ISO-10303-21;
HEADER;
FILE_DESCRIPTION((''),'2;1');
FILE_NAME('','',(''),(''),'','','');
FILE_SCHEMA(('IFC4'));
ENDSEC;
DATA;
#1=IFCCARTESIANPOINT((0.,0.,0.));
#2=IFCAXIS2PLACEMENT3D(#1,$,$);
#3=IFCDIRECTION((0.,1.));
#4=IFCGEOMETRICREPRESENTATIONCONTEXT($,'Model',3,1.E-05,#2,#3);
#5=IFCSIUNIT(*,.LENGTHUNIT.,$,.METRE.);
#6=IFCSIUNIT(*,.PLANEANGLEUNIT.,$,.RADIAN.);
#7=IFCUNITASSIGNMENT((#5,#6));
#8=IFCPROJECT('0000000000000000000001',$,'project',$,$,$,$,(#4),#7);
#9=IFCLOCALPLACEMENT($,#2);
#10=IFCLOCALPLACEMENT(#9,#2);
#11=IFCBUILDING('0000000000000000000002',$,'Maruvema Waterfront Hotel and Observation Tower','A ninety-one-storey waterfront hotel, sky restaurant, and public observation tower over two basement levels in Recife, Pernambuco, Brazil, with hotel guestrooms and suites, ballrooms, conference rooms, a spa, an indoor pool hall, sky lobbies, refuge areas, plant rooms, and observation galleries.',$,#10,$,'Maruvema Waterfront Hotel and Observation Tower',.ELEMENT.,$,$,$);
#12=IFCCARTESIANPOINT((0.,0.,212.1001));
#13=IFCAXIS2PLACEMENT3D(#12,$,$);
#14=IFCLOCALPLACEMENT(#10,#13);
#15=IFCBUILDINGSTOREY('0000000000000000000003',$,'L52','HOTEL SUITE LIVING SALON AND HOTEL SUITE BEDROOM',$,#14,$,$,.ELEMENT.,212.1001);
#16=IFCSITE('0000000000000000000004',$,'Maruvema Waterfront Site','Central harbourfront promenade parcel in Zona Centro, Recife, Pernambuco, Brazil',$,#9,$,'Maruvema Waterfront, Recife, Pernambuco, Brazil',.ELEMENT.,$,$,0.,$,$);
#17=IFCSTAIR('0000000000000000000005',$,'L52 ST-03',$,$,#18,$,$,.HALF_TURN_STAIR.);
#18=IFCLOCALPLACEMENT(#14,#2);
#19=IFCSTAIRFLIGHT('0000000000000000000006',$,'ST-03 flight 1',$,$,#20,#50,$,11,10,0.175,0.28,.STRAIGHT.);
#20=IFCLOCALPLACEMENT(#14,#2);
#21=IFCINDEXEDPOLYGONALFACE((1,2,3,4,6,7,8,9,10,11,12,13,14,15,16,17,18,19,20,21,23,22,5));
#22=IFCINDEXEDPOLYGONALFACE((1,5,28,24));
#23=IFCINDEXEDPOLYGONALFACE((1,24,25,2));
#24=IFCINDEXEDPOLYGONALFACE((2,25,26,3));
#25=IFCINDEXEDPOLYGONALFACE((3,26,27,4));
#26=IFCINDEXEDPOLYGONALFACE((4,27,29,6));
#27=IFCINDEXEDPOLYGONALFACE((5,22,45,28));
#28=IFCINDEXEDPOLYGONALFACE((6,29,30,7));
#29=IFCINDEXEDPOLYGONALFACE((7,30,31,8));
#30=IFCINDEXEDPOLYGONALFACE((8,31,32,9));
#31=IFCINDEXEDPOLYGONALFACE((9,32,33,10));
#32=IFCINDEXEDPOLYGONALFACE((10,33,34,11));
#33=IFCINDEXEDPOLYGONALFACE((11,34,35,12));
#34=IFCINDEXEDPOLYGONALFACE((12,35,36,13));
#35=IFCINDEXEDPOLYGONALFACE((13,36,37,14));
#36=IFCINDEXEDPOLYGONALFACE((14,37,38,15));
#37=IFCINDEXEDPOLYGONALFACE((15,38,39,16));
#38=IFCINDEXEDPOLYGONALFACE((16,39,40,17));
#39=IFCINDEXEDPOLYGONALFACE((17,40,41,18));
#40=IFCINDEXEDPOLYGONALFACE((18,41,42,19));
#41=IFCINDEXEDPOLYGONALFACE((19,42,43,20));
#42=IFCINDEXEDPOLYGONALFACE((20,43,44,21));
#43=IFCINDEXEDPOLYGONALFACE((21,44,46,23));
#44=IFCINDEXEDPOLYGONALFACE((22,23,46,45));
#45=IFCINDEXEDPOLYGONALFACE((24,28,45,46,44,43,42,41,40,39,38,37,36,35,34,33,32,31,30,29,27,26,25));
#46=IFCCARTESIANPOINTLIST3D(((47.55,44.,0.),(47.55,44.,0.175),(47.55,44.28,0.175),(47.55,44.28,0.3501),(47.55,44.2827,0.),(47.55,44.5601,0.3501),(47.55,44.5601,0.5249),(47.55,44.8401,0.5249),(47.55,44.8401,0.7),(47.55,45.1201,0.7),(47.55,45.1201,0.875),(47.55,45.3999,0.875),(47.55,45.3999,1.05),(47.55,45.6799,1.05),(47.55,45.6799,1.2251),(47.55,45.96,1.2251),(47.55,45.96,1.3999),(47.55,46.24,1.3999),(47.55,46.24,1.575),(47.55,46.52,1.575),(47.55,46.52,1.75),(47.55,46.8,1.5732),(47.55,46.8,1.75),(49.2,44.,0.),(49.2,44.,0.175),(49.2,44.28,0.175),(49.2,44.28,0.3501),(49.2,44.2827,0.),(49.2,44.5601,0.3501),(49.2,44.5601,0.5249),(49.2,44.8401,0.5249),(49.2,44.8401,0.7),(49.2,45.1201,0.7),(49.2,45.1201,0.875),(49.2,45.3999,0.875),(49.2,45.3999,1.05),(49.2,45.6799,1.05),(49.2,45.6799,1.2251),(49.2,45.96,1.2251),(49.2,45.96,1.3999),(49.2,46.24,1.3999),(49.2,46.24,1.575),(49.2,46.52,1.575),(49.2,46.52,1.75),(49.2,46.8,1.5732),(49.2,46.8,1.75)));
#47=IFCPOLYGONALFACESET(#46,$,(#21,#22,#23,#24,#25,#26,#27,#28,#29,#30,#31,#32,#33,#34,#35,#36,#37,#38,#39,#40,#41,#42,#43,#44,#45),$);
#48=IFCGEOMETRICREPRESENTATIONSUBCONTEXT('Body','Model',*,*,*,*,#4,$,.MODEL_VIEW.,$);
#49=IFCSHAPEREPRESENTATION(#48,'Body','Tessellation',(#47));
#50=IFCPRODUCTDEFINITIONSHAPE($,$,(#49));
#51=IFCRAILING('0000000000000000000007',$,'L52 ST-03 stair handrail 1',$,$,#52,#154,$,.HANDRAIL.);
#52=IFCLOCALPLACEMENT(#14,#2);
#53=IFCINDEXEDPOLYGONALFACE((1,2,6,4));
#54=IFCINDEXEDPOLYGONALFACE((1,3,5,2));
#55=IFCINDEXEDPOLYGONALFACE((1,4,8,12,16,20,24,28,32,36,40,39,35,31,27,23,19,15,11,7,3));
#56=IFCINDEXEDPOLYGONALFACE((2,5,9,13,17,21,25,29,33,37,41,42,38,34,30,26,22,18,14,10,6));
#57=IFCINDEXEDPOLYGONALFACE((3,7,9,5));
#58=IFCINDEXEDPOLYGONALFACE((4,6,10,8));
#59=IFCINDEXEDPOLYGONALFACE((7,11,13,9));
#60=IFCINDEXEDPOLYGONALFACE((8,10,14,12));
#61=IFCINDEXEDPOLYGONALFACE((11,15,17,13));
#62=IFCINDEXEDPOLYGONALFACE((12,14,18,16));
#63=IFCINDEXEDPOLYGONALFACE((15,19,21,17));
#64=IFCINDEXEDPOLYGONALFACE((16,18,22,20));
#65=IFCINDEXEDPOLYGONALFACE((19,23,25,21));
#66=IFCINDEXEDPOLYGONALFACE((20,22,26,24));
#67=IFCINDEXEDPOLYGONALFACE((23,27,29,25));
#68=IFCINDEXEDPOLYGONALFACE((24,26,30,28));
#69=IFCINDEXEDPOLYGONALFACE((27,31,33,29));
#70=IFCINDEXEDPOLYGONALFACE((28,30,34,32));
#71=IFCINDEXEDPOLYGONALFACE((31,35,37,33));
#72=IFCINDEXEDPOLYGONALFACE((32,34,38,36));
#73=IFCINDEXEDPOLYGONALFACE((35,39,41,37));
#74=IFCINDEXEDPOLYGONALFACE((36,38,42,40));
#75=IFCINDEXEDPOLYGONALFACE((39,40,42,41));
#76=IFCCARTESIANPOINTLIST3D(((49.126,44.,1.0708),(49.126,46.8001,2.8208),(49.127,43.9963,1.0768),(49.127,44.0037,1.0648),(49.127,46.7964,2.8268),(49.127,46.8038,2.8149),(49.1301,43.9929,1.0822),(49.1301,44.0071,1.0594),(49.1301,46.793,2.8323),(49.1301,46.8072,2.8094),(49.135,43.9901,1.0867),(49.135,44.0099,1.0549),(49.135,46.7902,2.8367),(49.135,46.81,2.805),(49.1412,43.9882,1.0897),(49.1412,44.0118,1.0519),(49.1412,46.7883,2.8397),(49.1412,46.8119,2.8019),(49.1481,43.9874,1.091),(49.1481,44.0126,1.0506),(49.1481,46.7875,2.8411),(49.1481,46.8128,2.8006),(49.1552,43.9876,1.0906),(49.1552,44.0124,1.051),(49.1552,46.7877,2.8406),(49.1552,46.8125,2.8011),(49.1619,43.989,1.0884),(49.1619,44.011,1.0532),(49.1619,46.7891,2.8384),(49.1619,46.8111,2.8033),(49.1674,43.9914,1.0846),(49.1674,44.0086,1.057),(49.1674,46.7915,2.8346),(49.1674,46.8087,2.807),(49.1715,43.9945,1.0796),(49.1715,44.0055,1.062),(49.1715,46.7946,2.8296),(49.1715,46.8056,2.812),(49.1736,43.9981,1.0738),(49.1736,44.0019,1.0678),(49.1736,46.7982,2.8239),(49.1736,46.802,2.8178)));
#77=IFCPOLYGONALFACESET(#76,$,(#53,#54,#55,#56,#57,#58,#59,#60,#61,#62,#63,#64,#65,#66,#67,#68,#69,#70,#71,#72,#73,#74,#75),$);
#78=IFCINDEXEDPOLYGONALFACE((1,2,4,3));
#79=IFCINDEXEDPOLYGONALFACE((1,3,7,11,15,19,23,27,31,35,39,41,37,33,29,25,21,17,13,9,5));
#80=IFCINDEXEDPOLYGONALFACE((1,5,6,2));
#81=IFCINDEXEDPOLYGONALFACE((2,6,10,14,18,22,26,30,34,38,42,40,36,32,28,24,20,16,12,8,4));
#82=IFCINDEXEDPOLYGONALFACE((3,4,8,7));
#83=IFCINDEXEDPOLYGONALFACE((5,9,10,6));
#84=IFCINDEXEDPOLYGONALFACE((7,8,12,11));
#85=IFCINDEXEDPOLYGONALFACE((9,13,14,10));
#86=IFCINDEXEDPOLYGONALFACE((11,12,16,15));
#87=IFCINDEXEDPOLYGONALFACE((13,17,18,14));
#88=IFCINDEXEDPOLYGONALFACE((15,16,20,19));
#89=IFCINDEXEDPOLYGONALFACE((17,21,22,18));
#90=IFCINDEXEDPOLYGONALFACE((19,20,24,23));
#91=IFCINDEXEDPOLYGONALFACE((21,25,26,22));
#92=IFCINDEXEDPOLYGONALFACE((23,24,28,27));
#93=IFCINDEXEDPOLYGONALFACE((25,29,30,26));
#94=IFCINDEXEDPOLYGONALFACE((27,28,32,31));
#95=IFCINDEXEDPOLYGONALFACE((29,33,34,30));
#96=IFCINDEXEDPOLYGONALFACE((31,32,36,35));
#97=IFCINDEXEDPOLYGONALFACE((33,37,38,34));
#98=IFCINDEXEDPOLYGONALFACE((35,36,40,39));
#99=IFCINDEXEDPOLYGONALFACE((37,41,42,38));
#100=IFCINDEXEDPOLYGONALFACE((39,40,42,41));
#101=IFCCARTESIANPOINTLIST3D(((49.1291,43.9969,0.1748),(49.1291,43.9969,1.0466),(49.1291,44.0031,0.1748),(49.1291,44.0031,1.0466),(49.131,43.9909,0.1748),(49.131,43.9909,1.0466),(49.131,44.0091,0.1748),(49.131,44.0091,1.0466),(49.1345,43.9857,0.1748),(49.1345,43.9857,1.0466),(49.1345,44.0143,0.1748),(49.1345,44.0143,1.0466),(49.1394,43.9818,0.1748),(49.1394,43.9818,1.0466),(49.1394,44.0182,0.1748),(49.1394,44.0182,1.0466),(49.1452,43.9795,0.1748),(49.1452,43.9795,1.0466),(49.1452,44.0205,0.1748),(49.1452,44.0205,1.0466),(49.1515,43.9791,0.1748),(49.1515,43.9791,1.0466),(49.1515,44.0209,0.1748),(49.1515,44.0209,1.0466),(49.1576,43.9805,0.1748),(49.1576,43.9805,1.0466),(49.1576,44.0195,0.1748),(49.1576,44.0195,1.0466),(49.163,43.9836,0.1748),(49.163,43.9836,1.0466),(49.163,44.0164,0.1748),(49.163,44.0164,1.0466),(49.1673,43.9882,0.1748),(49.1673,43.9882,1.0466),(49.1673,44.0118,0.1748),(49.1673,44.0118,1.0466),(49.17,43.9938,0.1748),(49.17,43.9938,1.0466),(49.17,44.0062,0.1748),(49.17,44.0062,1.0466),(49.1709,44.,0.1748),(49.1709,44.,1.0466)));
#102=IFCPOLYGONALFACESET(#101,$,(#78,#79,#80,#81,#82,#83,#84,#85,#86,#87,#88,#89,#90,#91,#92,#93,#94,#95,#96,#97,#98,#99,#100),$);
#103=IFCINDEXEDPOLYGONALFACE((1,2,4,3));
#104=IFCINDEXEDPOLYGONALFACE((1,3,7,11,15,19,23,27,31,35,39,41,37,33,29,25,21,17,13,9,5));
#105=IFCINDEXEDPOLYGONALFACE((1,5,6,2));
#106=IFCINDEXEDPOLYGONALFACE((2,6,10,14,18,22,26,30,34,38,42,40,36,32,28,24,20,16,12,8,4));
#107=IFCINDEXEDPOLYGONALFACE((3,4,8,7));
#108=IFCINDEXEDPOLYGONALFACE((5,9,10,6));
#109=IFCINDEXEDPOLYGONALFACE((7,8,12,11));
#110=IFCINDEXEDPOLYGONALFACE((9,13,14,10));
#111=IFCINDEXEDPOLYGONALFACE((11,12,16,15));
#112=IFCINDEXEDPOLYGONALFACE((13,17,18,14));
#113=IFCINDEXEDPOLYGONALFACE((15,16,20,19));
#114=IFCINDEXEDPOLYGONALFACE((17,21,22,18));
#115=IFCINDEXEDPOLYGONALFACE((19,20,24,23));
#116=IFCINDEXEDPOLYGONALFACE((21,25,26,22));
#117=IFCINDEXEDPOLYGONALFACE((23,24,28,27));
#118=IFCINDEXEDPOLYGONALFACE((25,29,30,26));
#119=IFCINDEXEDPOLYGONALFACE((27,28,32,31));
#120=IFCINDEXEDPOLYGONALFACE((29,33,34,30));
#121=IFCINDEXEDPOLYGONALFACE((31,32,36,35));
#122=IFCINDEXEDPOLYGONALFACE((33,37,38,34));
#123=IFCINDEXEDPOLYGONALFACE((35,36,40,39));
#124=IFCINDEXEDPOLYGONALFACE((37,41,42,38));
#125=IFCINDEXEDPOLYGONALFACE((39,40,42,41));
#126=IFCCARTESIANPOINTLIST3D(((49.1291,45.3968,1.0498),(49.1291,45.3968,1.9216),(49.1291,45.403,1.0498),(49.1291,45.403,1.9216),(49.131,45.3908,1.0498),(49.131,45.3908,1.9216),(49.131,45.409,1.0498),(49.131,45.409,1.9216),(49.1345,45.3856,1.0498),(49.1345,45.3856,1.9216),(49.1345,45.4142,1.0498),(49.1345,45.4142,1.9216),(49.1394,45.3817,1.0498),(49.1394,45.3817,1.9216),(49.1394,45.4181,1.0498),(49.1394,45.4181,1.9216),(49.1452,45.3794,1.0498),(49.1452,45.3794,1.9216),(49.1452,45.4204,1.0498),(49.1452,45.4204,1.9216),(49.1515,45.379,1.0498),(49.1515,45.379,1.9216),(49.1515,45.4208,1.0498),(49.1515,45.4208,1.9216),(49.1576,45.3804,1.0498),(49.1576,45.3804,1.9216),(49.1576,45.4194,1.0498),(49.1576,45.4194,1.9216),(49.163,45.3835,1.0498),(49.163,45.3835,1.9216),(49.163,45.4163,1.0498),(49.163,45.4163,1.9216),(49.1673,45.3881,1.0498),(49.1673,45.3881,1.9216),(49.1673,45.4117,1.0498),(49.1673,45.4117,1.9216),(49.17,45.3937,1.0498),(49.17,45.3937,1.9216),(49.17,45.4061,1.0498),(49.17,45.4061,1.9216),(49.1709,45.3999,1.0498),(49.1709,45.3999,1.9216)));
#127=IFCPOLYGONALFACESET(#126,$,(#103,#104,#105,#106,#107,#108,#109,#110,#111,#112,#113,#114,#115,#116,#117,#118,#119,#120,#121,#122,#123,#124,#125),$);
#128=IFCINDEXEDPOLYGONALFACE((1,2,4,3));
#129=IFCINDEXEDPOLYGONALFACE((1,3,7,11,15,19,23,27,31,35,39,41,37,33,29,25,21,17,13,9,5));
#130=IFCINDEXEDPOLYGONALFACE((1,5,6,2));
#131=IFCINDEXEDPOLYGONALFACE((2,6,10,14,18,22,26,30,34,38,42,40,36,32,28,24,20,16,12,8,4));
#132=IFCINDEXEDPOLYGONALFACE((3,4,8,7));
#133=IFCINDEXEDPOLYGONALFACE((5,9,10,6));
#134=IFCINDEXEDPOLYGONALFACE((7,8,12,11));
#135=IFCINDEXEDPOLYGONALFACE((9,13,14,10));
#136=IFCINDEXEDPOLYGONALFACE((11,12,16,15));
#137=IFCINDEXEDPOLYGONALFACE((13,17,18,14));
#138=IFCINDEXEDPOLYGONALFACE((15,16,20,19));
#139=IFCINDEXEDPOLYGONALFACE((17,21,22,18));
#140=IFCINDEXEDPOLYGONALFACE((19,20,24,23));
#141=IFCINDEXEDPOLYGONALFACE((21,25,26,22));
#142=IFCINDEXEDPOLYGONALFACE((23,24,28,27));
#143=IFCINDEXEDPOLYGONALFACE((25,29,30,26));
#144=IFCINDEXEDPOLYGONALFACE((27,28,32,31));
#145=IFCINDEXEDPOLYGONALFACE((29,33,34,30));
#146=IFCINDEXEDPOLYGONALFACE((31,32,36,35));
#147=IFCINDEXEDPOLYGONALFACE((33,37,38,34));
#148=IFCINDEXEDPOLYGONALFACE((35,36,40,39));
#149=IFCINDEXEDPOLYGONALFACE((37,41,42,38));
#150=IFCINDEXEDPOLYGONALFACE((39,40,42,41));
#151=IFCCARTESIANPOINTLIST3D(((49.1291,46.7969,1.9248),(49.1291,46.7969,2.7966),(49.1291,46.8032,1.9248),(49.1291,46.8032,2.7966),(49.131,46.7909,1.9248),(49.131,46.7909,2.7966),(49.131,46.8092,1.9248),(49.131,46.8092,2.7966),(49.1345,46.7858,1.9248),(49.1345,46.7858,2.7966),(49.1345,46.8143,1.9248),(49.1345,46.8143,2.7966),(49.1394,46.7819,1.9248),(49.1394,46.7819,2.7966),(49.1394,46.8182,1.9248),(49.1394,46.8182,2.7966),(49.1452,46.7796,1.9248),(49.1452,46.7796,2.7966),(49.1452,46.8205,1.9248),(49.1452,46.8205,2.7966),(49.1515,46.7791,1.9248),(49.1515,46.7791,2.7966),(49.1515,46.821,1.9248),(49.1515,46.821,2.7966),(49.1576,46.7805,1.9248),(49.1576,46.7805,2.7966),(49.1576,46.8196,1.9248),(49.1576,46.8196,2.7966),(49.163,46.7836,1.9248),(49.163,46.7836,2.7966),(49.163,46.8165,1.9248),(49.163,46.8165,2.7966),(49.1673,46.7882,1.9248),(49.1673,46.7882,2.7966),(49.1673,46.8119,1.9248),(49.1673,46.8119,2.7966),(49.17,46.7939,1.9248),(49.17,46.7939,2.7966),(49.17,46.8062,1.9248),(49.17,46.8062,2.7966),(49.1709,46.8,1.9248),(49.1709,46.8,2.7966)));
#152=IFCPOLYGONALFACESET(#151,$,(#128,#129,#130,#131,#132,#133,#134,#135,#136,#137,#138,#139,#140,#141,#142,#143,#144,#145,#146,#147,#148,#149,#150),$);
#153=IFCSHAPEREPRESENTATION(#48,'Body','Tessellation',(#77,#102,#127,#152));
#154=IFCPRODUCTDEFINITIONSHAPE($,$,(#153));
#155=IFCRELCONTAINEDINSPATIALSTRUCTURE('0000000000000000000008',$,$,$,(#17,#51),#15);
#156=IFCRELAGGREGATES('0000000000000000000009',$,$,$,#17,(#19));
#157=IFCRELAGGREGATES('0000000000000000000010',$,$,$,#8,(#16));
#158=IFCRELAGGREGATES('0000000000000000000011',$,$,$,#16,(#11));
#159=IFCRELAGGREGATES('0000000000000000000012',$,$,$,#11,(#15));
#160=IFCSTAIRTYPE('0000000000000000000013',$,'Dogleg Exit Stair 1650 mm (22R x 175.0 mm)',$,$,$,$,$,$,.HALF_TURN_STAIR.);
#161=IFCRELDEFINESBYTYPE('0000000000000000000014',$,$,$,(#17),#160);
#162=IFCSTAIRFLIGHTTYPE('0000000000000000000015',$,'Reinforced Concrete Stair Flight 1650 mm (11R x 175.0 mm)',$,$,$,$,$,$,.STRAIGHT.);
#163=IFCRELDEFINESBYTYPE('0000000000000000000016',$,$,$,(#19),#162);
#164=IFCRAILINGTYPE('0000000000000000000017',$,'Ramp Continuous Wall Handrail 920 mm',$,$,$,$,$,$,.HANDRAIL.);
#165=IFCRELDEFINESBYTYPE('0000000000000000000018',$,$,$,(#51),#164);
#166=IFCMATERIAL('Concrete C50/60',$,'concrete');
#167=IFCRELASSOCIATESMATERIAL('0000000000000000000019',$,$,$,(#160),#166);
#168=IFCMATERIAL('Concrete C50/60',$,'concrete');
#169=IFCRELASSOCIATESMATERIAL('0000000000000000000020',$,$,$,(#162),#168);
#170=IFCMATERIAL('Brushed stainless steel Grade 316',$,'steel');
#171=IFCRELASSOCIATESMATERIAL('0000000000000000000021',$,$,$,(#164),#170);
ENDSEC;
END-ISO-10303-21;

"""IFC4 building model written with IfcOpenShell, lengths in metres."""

from ifc_helpers import new_model, si_unit, direction, frame, origin, origin_2d, place, context, subcontext, project, spatial, polyline, circle, outline, extrude, material, type_object, element, aggregate, save


model = new_model("IFC4")

# Units and contexts
model_context = context("Model", 3, precision=1e-05, world=origin(), true_north=direction((0.0, 1.0)))
body_context = subcontext(model_context, "Body", "Model", "MODEL_VIEW")
ifc_project = project(units=[si_unit("LENGTHUNIT", "METRE"), si_unit("PLANEANGLEUNIT", "RADIAN")], contexts=[model_context])

# Site, building, storey
site_placement = place(None, origin())
site = spatial("IfcSite", under=ifc_project, at=site_placement, Name="Maruvema Waterfront Site", Description="Central harbourfront promenade parcel in Zona Centro, Recife, Pernambuco, Brazil", LongName="Maruvema Waterfront, Recife, Pernambuco, Brazil", CompositionType="ELEMENT", RefElevation=0.0)
building_placement = place(site_placement, origin())
building = spatial("IfcBuilding", under=site, at=building_placement, Name="Maruvema Waterfront Hotel and Observation Tower", Description="A ninety-one-storey waterfront hotel, sky restaurant, and public observation tower over two basement levels in Recife, Pernambuco, Brazil, with hotel guestrooms and suites, ballrooms, conference rooms, a spa, an indoor pool hall, sky lobbies, refuge areas, plant rooms, and observation galleries.", LongName="Maruvema Waterfront Hotel and Observation Tower", CompositionType="ELEMENT")
storey_placement = place(building_placement, frame((0.0, 0.0, 212.1001)))
storey = spatial("IfcBuildingStorey", under=building, at=storey_placement, Name="L52", Description="HOTEL SUITE LIVING SALON AND HOTEL SUITE BEDROOM", CompositionType="ELEMENT", Elevation=212.1001)

# Stair, stair flight
ifc_material_1 = material(Name="Concrete C50/60", Category="concrete")
stair_type = type_object("IfcStairType", Name="Dogleg Exit Stair 1650 mm (22R x 175.0 mm)", PredefinedType="HALF_TURN_STAIR", material=ifc_material_1)
stair_placement = place(storey_placement, origin())
stair = element("IfcStair", 1, at=stair_placement, inside=storey, type_object=stair_type, Name="L52 ST-03", PredefinedType="HALF_TURN_STAIR")
ifc_material_2 = material(Name="Concrete C50/60", Category="concrete")
stair_flight_type = type_object("IfcStairFlightType", Name="Reinforced Concrete Stair Flight 1650 mm (11R x 175.0 mm)", PredefinedType="STRAIGHT", material=ifc_material_2)
stair_flight_placement = place(storey_placement, frame((48.375, 44.0, 0.0), z_axis=(0.0, 0.0, 1.0), x_axis=(0.0, 1.0, 0.0)))
stair_flight = element("IfcStairFlight", 2, at=stair_flight_placement, type_object=stair_flight_type, Name="ST-03 flight 1", NumberOfRisers=11, NumberOfTreads=10, PredefinedType="STRAIGHT", RiserHeight=0.175, TreadLength=0.28, context=body_context, shape_type="SweptSolid", body=[
    extrude(outline(polyline([(0.0, 0.0), (0.0, 0.175), (0.28, 0.175), (0.28, 0.3501), (0.5601, 0.3501), (0.5601, 0.5249), (0.8401, 0.5249), (0.8401, 0.7), (1.1201, 0.7), (1.1201, 0.875), (1.3999, 0.875), (1.3999, 1.05), (1.6799, 1.05), (1.6799, 1.2251), (1.96, 1.2251), (1.96, 1.3999), (2.24, 1.3999), (2.24, 1.575), (2.52, 1.575), (2.52, 1.75), (2.8, 1.75), (2.8, 1.925), (2.8, 1.5732), (0.2827, 0.0), (0.0, 0.0)])), frame((0.0, 0.825, 0.0), z_axis=(0.0, -1.0, 0.0), x_axis=(1.0, 0.0, 0.0)), (0.0, 0.0, 1.0), 1.6499),
])
aggregate(stair, [stair_flight])

# Railing
ifc_material_3 = material(Name="Brushed stainless steel Grade 316", Category="steel")
railing_type_1 = type_object("IfcRailingType", Name="Ramp Continuous Wall Handrail 920 mm", PredefinedType="HANDRAIL", material=ifc_material_3)
railing_1_placement = place(storey_placement, frame((49.1499, 44.0, 0.1748)))
element("IfcRailing", 3, at=railing_1_placement, inside=storey, type_object=railing_type_1, Name="L52 ST-03 stair handrail 1", PredefinedType="HANDRAIL", context=body_context, shape_type="SweptSolid", body=[
    extrude(circle(Radius=0.0239, at=origin_2d()), frame((0.0, 0.0, 0.896), z_axis=(0.0, 0.848002, 0.529992), x_axis=(-1.0, 0.0, 0.0)), (0.0, 0.0, 1.0), 3.302),
    extrude(circle(Radius=0.021, at=origin_2d()), origin(), (0.0, 0.0, 1.0), 0.8718),
    extrude(circle(Radius=0.021, at=origin_2d()), frame((0.0, 1.3999, 0.875)), (0.0, 0.0, 1.0), 0.8718),
    extrude(circle(Radius=0.021, at=origin_2d()), frame((0.0, 2.8, 1.75)), (0.0, 0.0, 1.0), 0.8718),
])

save(model, "model.ifc")
